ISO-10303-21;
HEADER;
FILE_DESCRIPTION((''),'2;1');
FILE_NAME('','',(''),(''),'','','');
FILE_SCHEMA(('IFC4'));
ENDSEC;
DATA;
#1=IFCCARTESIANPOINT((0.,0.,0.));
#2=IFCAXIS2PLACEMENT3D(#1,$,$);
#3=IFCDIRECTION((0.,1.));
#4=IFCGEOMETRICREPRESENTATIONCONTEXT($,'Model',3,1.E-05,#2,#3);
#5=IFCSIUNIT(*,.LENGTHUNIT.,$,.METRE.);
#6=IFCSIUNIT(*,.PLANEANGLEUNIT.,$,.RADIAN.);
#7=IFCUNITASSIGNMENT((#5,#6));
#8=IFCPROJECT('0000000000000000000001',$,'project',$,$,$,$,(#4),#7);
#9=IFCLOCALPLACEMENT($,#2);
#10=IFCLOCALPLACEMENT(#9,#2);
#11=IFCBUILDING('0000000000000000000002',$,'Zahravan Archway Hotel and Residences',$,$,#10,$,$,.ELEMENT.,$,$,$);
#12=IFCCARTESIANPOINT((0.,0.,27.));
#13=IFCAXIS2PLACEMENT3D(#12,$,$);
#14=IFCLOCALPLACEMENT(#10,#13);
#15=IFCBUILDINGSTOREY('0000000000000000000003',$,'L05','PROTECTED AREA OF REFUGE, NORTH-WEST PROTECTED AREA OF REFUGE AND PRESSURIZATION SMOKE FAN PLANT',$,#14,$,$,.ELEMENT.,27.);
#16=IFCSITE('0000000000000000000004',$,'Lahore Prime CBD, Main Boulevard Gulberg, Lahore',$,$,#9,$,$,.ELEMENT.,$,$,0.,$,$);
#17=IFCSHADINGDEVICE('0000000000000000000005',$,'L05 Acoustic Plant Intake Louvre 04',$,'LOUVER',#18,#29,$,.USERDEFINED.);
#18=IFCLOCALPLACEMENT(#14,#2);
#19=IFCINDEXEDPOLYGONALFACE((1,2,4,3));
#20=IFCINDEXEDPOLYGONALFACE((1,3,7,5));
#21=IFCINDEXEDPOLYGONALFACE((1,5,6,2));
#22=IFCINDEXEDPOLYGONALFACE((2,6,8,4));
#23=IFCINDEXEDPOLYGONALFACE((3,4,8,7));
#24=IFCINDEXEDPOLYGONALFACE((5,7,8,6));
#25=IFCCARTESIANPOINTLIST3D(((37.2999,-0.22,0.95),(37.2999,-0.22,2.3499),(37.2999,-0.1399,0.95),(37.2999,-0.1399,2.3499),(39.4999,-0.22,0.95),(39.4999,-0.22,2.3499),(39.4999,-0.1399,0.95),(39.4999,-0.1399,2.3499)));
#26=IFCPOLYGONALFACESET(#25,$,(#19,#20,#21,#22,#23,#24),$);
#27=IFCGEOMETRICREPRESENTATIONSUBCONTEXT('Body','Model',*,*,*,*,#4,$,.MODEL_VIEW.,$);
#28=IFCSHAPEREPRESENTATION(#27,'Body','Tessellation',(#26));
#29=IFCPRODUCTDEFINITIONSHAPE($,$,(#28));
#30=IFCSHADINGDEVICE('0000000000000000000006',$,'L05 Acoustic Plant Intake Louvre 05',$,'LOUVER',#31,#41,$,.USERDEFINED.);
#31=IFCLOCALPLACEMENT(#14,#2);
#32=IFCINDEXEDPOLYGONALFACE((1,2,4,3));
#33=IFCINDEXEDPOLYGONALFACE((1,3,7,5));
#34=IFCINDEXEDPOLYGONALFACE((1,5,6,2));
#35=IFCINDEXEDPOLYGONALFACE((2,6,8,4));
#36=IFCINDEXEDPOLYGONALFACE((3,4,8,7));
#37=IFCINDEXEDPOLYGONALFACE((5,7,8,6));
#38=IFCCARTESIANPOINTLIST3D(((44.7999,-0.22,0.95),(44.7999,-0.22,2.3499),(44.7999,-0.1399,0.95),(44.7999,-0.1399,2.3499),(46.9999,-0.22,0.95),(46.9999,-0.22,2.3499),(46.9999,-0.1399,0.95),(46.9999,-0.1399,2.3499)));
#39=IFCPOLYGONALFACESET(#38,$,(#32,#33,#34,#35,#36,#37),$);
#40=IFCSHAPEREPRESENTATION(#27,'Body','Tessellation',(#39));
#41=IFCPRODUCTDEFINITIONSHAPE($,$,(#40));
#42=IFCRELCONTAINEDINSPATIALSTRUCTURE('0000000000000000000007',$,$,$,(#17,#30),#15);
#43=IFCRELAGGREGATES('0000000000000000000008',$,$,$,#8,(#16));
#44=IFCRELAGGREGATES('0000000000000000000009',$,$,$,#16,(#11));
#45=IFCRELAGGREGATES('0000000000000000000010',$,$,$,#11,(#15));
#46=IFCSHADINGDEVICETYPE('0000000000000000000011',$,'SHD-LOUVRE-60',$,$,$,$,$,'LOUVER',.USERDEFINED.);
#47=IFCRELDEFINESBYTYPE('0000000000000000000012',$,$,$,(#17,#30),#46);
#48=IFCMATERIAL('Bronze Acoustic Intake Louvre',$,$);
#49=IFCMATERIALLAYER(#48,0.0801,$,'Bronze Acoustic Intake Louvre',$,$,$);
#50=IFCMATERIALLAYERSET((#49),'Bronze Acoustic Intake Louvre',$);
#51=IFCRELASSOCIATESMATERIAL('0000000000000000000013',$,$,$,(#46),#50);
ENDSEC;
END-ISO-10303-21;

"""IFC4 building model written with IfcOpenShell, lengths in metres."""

from ifc_helpers import new_model, si_unit, direction, frame, origin, origin_2d, place, context, subcontext, project, spatial, rectangle, extrude, source, transform, mapped, material, layer, layer_set, type_object, type_shapes, element, save


model = new_model("IFC4")

# Units and contexts
model_context = context("Model", 3, precision=1e-05, world=origin(), true_north=direction((0.0, 1.0)))
body_context = subcontext(model_context, "Body", "Model", "MODEL_VIEW")
ifc_project = project(units=[si_unit("LENGTHUNIT", "METRE"), si_unit("PLANEANGLEUNIT", "RADIAN")], contexts=[model_context])

# Site, building, storey
site_placement = place(None, origin())
site = spatial("IfcSite", under=ifc_project, at=site_placement, Name="Lahore Prime CBD, Main Boulevard Gulberg, Lahore", CompositionType="ELEMENT", RefElevation=0.0)
building_placement = place(site_placement, origin())
building = spatial("IfcBuilding", under=site, at=building_placement, Name="Zahravan Archway Hotel and Residences", CompositionType="ELEMENT")
storey_placement = place(building_placement, frame((0.0, 0.0, 27.0)))
storey = spatial("IfcBuildingStorey", under=building, at=storey_placement, Name="L05", Description="PROTECTED AREA OF REFUGE, NORTH-WEST PROTECTED AREA OF REFUGE AND PRESSURIZATION SMOKE FAN PLANT", CompositionType="ELEMENT", Elevation=27.0)

# Shading devices
ifc_material_1 = material(Name="Bronze Acoustic Intake Louvre")
ifc_layer_1 = layer(ifc_material_1, 0.0801, Name="Bronze Acoustic Intake Louvre")
ifc_layer_set_1 = layer_set([ifc_layer_1], Name="Bronze Acoustic Intake Louvre")
shading_device_type = type_object("IfcShadingDeviceType", Name="SHD-LOUVRE-60", ElementType="LOUVER", PredefinedType="USERDEFINED", material=ifc_layer_set_1)
shared_shape_1 = source(origin(), body_context, "Body", "SweptSolid", [
    extrude(rectangle(XDim=2.2, YDim=0.0801, at=origin_2d()), origin(), (0.0, 0.0, 1.0), 1.3999),
])
type_shapes(shading_device_type, [shared_shape_1])
for number, where, z_axis, x_axis, name in (
    (1, (38.3999, -0.1799, 0.95), (0.0, 0.0, 1.0), (1.0, 0.0, 0.0), "L05 Acoustic Plant Intake Louvre 04"),
    (2, (45.8999, -0.1799, 0.95), (0.0, 0.0, 1.0), (1.0, 0.0, 0.0), "L05 Acoustic Plant Intake Louvre 05"),
):
    element("IfcShadingDevice", number, at=place(storey_placement, frame(where, z_axis=z_axis, x_axis=x_axis)), inside=storey, type_object=shading_device_type, Name=name, ObjectType="LOUVER", PredefinedType="USERDEFINED", context=body_context, shape_type="MappedRepresentation", body=[
        mapped(shared_shape_1, transform((0.0, 0.0, 0.0), scale=1.0)),
    ])

save(model, "model.ifc")
